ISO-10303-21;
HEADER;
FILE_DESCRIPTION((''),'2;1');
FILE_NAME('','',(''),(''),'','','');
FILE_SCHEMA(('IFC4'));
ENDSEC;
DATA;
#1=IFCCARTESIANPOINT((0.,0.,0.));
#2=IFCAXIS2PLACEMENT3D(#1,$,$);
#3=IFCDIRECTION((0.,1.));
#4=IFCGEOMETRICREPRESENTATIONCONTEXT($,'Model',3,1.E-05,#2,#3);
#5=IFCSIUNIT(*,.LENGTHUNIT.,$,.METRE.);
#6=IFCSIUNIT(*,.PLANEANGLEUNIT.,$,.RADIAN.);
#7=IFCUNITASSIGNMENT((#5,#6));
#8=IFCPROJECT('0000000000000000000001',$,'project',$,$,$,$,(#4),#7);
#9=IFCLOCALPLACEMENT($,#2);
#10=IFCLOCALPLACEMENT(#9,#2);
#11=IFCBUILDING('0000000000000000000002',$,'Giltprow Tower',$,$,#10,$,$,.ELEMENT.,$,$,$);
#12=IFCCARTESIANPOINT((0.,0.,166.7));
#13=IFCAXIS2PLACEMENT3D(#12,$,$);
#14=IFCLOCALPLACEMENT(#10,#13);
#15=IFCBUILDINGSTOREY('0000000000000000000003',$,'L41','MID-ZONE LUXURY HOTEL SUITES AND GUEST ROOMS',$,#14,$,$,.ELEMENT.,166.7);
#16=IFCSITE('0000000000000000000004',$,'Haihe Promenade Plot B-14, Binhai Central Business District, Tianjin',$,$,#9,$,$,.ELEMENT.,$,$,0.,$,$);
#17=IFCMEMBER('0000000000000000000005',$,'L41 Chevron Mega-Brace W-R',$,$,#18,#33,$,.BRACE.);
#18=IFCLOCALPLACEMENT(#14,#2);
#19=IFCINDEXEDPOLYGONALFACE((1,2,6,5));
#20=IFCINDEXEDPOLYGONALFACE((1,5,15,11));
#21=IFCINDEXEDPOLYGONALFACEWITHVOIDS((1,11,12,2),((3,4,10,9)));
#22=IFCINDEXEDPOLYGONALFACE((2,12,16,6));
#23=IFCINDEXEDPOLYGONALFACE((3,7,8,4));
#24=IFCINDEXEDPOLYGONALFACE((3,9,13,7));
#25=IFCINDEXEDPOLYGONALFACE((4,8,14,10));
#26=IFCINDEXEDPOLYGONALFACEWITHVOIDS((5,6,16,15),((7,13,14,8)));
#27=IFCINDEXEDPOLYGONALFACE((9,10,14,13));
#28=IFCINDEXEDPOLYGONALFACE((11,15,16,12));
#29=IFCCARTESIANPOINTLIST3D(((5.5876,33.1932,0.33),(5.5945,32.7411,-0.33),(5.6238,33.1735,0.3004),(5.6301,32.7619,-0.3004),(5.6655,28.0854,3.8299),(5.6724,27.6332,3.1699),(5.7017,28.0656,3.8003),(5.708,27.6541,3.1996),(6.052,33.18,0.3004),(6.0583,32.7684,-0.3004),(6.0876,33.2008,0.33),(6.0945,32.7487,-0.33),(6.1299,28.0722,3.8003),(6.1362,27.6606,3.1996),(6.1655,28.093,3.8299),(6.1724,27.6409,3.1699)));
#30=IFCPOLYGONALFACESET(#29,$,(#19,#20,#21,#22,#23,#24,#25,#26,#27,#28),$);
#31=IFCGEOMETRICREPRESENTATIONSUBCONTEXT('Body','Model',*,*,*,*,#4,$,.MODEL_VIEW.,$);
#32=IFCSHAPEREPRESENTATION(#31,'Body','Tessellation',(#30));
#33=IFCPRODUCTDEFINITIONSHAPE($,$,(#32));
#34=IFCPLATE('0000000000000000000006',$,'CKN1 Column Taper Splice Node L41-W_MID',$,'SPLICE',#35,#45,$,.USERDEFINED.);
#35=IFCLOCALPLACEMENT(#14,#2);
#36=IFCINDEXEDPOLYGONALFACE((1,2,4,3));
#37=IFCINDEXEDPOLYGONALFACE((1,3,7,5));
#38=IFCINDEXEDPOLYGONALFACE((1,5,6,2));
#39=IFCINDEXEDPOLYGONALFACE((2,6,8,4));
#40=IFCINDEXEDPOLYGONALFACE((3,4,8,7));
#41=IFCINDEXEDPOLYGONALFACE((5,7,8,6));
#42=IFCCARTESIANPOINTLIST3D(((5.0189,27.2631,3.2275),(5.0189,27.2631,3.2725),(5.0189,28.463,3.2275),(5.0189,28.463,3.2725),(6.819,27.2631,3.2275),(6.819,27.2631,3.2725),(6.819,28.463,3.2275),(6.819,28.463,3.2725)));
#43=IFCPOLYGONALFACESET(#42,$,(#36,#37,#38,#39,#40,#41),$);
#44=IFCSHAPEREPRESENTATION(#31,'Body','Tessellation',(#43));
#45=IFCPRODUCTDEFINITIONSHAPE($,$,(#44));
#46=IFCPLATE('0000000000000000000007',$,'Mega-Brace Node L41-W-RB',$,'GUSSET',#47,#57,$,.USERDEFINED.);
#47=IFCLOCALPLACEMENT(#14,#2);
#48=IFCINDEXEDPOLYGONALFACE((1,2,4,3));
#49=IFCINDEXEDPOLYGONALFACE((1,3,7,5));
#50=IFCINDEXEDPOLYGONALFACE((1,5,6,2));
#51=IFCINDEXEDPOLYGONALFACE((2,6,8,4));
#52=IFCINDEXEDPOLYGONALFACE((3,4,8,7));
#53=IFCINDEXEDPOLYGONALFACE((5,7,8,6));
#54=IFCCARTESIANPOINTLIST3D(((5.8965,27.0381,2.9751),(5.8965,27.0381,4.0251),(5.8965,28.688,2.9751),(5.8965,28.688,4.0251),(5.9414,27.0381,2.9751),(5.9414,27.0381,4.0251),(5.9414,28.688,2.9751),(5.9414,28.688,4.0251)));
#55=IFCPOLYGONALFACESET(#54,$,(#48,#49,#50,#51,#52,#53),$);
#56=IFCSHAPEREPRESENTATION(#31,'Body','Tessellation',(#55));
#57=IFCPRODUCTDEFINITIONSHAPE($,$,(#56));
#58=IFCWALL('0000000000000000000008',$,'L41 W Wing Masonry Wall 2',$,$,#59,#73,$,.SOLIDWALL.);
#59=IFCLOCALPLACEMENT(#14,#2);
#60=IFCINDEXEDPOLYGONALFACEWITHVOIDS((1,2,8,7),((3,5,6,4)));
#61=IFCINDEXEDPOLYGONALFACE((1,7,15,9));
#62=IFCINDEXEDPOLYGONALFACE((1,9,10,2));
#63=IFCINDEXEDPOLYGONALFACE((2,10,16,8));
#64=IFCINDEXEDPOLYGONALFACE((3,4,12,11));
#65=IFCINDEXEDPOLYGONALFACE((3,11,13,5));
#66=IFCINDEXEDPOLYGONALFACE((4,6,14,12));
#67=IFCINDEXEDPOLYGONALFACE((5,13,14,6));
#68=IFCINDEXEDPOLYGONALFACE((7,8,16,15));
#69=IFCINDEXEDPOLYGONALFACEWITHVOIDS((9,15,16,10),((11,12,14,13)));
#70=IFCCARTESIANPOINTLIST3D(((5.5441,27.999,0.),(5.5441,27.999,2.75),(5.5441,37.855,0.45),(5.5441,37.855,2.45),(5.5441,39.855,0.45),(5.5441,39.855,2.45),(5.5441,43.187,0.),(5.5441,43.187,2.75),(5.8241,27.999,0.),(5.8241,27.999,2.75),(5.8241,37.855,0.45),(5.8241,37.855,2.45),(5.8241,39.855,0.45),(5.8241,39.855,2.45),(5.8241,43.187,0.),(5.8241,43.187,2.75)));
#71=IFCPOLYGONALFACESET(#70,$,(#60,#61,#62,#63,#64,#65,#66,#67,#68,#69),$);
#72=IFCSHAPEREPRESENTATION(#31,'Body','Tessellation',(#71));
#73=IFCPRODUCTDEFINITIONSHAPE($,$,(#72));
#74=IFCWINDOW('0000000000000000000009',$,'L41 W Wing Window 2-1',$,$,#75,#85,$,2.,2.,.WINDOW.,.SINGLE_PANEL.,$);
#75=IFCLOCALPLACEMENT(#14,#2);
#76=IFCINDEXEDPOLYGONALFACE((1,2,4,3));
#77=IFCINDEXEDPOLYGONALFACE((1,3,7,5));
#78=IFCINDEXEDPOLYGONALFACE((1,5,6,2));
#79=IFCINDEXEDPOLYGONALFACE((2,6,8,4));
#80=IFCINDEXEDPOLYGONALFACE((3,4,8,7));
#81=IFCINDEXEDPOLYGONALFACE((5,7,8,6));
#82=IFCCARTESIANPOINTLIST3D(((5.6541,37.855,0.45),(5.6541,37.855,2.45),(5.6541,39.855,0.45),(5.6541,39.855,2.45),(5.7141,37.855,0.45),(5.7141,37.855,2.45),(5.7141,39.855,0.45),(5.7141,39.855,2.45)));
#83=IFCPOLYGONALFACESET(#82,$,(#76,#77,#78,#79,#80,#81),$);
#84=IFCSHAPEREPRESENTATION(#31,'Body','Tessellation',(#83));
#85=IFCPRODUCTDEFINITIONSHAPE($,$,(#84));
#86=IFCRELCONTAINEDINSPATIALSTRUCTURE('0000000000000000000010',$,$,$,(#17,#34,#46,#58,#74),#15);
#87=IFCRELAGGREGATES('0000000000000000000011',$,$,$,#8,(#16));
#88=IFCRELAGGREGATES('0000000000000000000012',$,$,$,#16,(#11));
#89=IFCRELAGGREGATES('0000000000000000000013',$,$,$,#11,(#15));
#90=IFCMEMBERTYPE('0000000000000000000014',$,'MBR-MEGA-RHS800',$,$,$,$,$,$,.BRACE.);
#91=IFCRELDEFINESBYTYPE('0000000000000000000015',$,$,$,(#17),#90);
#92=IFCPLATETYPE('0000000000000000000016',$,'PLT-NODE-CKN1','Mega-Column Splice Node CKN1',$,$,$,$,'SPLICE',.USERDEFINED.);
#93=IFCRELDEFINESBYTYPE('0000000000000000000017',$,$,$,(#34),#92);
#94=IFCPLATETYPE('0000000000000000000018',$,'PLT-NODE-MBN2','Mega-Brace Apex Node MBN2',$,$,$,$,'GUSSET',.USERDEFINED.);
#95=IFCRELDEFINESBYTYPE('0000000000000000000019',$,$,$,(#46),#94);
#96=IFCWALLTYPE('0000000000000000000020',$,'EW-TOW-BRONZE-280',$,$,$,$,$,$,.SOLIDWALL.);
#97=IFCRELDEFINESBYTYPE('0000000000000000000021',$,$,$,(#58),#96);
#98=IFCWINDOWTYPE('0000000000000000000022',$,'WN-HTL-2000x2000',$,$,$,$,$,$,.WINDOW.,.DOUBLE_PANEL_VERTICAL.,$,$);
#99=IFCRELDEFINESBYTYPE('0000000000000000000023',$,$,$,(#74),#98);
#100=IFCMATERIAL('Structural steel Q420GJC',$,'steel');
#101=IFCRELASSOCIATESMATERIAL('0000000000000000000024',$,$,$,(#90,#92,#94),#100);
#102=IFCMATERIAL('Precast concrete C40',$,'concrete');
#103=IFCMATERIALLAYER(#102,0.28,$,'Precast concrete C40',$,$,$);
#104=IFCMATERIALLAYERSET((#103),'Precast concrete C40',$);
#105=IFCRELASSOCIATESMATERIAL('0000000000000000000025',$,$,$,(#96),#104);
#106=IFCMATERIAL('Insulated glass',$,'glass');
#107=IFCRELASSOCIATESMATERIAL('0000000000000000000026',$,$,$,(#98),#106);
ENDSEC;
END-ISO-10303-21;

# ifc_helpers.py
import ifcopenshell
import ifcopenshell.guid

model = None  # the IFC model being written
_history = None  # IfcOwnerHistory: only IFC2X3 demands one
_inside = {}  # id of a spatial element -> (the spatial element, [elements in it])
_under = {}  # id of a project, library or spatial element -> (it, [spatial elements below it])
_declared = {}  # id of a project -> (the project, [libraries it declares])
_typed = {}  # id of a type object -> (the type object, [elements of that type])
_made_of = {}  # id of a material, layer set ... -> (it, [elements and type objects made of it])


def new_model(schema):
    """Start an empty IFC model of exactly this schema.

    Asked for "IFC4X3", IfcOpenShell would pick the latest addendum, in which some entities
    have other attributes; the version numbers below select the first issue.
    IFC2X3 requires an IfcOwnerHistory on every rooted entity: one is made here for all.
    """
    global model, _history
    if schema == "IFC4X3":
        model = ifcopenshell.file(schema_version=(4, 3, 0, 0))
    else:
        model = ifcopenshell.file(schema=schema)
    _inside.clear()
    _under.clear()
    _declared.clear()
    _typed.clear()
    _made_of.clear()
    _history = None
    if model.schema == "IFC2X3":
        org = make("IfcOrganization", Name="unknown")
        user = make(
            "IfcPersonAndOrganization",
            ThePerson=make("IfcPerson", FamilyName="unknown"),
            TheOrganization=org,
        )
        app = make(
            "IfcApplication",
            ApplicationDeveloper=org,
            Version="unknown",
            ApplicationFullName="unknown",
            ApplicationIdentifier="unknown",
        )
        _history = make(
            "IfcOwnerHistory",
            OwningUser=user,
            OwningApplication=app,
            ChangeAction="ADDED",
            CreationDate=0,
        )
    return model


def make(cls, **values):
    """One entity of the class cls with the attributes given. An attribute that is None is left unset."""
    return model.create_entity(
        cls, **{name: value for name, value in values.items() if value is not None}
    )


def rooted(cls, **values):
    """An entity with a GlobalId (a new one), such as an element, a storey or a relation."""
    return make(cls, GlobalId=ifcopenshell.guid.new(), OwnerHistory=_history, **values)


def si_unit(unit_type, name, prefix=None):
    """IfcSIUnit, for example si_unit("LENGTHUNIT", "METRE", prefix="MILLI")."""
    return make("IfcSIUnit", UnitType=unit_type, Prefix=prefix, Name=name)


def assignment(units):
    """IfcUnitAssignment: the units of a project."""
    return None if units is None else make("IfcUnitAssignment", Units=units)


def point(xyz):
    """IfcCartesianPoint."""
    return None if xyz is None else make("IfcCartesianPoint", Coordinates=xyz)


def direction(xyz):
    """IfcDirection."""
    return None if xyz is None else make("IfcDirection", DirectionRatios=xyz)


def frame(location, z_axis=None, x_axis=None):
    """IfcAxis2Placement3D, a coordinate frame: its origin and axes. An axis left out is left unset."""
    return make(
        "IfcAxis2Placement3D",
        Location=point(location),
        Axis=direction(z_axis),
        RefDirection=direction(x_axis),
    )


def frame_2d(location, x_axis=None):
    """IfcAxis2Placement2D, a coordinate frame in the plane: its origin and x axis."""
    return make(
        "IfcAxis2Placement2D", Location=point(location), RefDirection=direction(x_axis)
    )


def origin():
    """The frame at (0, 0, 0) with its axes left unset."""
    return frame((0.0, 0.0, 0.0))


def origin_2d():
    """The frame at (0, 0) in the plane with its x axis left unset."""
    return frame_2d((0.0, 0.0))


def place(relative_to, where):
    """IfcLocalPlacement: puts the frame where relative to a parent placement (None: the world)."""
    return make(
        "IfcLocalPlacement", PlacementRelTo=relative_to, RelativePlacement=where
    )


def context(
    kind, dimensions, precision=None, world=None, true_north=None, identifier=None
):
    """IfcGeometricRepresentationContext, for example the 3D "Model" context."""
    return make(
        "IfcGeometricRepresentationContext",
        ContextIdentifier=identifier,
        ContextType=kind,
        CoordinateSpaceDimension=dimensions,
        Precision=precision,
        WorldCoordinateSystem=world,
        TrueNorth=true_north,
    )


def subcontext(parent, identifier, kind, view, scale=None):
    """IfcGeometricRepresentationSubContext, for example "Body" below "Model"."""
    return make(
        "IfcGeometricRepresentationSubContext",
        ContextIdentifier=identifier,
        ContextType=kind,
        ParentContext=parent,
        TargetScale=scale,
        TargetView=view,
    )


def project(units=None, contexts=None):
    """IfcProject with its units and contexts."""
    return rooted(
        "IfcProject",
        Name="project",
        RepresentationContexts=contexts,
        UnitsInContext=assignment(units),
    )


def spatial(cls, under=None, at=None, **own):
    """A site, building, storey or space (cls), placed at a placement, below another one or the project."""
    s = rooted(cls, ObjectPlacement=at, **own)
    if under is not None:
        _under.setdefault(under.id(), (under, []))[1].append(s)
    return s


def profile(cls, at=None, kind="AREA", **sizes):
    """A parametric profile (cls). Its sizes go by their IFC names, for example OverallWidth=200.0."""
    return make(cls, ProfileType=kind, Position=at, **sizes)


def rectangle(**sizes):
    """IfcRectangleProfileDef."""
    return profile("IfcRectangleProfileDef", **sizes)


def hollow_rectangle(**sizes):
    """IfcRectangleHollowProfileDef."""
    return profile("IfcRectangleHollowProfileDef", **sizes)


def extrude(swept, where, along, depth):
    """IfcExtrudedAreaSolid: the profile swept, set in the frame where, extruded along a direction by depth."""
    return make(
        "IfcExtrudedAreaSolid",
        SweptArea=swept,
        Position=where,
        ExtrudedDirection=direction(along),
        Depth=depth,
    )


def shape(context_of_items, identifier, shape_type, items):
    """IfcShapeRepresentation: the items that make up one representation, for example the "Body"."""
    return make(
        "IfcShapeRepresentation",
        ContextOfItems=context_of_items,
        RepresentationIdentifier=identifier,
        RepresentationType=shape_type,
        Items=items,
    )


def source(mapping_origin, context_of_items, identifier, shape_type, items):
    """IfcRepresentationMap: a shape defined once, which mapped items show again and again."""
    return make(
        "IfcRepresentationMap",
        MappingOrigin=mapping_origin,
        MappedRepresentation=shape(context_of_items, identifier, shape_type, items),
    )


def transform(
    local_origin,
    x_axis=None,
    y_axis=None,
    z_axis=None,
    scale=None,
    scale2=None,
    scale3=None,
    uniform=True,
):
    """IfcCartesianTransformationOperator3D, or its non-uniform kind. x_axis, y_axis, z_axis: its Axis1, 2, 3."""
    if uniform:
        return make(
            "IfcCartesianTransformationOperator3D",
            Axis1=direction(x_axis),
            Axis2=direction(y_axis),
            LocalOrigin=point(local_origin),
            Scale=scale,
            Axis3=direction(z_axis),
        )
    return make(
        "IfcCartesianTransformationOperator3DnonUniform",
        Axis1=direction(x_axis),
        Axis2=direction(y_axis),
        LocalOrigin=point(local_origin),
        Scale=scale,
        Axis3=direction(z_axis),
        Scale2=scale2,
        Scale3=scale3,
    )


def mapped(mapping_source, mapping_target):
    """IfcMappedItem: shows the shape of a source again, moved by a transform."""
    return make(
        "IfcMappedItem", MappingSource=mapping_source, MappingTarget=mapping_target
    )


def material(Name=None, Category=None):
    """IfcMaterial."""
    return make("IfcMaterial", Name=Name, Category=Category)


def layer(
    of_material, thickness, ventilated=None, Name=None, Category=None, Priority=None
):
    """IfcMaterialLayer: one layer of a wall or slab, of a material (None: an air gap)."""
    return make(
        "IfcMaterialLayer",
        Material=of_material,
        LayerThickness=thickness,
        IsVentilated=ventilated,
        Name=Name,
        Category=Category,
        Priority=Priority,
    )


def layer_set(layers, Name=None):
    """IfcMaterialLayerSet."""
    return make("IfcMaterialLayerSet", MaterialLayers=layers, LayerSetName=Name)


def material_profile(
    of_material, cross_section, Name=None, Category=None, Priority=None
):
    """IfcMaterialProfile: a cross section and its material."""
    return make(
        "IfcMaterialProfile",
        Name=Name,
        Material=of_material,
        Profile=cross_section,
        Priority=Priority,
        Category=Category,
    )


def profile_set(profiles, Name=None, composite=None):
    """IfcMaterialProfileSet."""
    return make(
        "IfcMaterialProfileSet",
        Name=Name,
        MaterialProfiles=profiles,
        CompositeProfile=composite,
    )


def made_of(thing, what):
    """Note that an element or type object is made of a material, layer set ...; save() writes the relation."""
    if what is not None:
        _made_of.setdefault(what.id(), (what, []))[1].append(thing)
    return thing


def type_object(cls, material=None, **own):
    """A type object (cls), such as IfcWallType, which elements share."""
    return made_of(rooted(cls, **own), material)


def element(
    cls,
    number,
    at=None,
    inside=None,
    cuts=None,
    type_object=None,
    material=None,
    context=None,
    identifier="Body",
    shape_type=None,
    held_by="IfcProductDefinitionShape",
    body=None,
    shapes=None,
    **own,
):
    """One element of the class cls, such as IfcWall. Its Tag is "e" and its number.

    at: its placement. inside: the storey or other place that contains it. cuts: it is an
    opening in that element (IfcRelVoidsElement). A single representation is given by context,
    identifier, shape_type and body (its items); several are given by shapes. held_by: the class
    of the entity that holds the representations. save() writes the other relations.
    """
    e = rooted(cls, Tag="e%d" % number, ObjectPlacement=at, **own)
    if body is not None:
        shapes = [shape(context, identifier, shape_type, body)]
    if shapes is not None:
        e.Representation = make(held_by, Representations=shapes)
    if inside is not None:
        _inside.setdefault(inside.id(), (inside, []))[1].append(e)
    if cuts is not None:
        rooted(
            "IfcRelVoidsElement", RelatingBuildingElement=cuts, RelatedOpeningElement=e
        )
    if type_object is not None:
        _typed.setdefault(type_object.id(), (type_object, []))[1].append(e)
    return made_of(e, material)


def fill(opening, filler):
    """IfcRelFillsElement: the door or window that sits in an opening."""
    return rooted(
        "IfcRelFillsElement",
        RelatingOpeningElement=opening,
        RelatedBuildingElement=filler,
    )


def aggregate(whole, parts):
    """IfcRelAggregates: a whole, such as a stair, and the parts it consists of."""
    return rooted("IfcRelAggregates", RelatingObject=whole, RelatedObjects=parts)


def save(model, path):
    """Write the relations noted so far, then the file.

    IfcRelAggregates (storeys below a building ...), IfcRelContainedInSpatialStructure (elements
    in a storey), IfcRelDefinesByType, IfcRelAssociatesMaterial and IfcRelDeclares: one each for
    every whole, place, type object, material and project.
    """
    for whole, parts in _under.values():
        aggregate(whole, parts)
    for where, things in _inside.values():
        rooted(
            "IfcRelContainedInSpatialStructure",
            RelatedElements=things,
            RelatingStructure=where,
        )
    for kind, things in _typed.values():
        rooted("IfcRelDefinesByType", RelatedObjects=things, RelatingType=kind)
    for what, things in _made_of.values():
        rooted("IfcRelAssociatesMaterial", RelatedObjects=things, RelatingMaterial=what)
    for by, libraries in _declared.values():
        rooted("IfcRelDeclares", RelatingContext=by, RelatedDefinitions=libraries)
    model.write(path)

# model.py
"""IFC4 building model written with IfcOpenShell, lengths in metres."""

from ifc_helpers import new_model, si_unit, direction, frame, frame_2d, origin, origin_2d, place, context, subcontext, project, spatial, rectangle, hollow_rectangle, extrude, source, transform, mapped, material, layer, layer_set, material_profile, profile_set, type_object, element, fill, save


model = new_model("IFC4")

# Units and contexts
model_context = context("Model", 3, precision=1e-05, world=origin(), true_north=direction((0.0, 1.0)))
body_context = subcontext(model_context, "Body", "Model", "MODEL_VIEW")
ifc_project = project(units=[si_unit("LENGTHUNIT", "METRE"), si_unit("PLANEANGLEUNIT", "RADIAN")], contexts=[model_context])

# Site, building, storey
site_placement = place(None, origin())
site = spatial("IfcSite", under=ifc_project, at=site_placement, Name="Haihe Promenade Plot B-14, Binhai Central Business District, Tianjin", CompositionType="ELEMENT", RefElevation=0.0)
building_placement = place(site_placement, origin())
building = spatial("IfcBuilding", under=site, at=building_placement, Name="Giltprow Tower", CompositionType="ELEMENT")
storey_placement = place(building_placement, frame((0.0, 0.0, 166.7)))
storey = spatial("IfcBuildingStorey", under=building, at=storey_placement, Name="L41", Description="MID-ZONE LUXURY HOTEL SUITES AND GUEST ROOMS", CompositionType="ELEMENT", Elevation=166.7)

# Shared definitions
ifc_material_1 = material(Name="Structural steel Q420GJC", Category="steel")

# Member
ifc_material_profile_1 = material_profile(ifc_material_1, hollow_rectangle(XDim=0.5, YDim=0.8, WallThickness=0.0359, at=origin_2d()), Name="RHS 800x500x36")
ifc_profile_set_1 = profile_set([ifc_material_profile_1], Name="Structural steel Q420GJC")
member_type = type_object("IfcMemberType", Name="MBR-MEGA-RHS800", PredefinedType="BRACE", material=ifc_profile_set_1)
shared_shape_1 = source(origin(), body_context, "Body", "SweptSolid", [
    extrude(hollow_rectangle(XDim=0.5, YDim=0.8, WallThickness=0.0359, at=origin_2d()), origin(), (0.0, 0.0, 1.0), 6.1924),
])
member_placement = place(storey_placement, frame((5.8411, 32.9709, 0.0), z_axis=(0.012577, -0.824857, 0.565202), x_axis=(0.999884, 0.015245, 0.0)))
element("IfcMember", 1, at=member_placement, inside=storey, type_object=member_type, Name="L41 Chevron Mega-Brace W-R", PredefinedType="BRACE", context=body_context, shape_type="MappedRepresentation", body=[
    mapped(shared_shape_1, transform((0.0, 0.0, 0.0), x_axis=(1.0, 0.0, 0.0), y_axis=(0.0, 1.0, 0.0), z_axis=(0.0, 0.0, 1.0), scale=1.0)),
])

# Plates
plate_type_1 = type_object("IfcPlateType", Name="PLT-NODE-CKN1", Description="Mega-Column Splice Node CKN1", ElementType="SPLICE", PredefinedType="USERDEFINED", material=ifc_material_1)
shared_shape_2 = source(origin(), body_context, "Body", "SweptSolid", [
    extrude(rectangle(XDim=1.8, YDim=1.2, at=origin_2d()), origin(), (0.0, 0.0, 1.0), 0.0449),
])
plate_1_placement = place(storey_placement, frame((5.9189, 27.863, 3.2275), z_axis=(0.0, 0.0, 1.0), x_axis=(1.0, 0.0, 0.0)))
element("IfcPlate", 2, at=plate_1_placement, inside=storey, type_object=plate_type_1, Name="CKN1 Column Taper Splice Node L41-W_MID", ObjectType="SPLICE", PredefinedType="USERDEFINED", context=body_context, shape_type="MappedRepresentation", body=[
    mapped(shared_shape_2, transform((0.0, 0.0, 0.0), x_axis=(1.0, 0.0, 0.0), y_axis=(0.0, 1.0, 0.0), z_axis=(0.0, 0.0, 1.0), scale=1.0)),
])
plate_type_2 = type_object("IfcPlateType", Name="PLT-NODE-MBN2", Description="Mega-Brace Apex Node MBN2", ElementType="GUSSET", PredefinedType="USERDEFINED", material=ifc_material_1)
shared_shape_3 = source(origin(), body_context, "Body", "SweptSolid", [
    extrude(rectangle(XDim=1.6499, YDim=0.0449, at=origin_2d()), origin(), (0.0, 0.0, 1.0), 1.05),
])
plate_2_placement = place(storey_placement, frame((5.9189, 27.863, 2.9751), z_axis=(0.0, 0.0, 1.0), x_axis=(0.0, 1.0, 0.0)))
element("IfcPlate", 3, at=plate_2_placement, inside=storey, type_object=plate_type_2, Name="Mega-Brace Node L41-W-RB", ObjectType="GUSSET", PredefinedType="USERDEFINED", context=body_context, shape_type="MappedRepresentation", body=[
    mapped(shared_shape_3, transform((0.0, 0.0, 0.0), x_axis=(1.0, 0.0, 0.0), y_axis=(0.0, 1.0, 0.0), z_axis=(0.0, 0.0, 1.0), scale=1.0)),
])

# Wall, opening, window
ifc_material_2 = material(Name="Precast concrete C40", Category="concrete")
ifc_layer_1 = layer(ifc_material_2, 0.28, Name="Precast concrete C40")
ifc_layer_set_1 = layer_set([ifc_layer_1], Name="Precast concrete C40")
wall_type_1 = type_object("IfcWallType", Name="EW-TOW-BRONZE-280", PredefinedType="SOLIDWALL", material=ifc_layer_set_1)
wall_1_placement = place(storey_placement, frame((5.6841, 27.999, 0.0), z_axis=(0.0, 0.0, 1.0), x_axis=(0.0, 1.0, 0.0)))
wall_1 = element("IfcWall", 4, at=wall_1_placement, inside=storey, type_object=wall_type_1, Name="L41 W Wing Masonry Wall 2", PredefinedType="SOLIDWALL", context=body_context, shape_type="SweptSolid", body=[
    extrude(rectangle(XDim=15.188, YDim=0.28, at=frame_2d((7.594, 0.0))), origin(), (0.0, 0.0, 1.0), 2.75),
])
opening_1_placement = place(wall_1_placement, frame((9.856, 0.0, 0.45)))
opening_1 = element("IfcOpeningElement", 5, at=opening_1_placement, cuts=wall_1, PredefinedType="OPENING", context=body_context, shape_type="SweptSolid", body=[
    extrude(rectangle(XDim=2.0, YDim=2.0, at=frame_2d((1.0, 1.0))), frame((0.0, 0.1499, 0.0), z_axis=(0.0, -1.0, 0.0), x_axis=(1.0, 0.0, 0.0)), (0.0, 0.0, 1.0), 0.3),
])
ifc_material_3 = material(Name="Insulated glass", Category="glass")
window_type = type_object("IfcWindowType", Name="WN-HTL-2000x2000", PartitioningType="DOUBLE_PANEL_VERTICAL", PredefinedType="WINDOW", material=ifc_material_3)
shared_shape_4 = source(origin(), body_context, "Body", "SweptSolid", [
    extrude(rectangle(XDim=2.0, YDim=2.0, at=frame_2d((1.0, 1.0))), frame((0.0, 0.03, 0.0), z_axis=(0.0, -1.0, 0.0), x_axis=(1.0, 0.0, 0.0)), (0.0, 0.0, 1.0), 0.0601),
])
window_placement = place(opening_1_placement, origin())
window = element("IfcWindow", 6, at=window_placement, inside=storey, type_object=window_type, Name="L41 W Wing Window 2-1", OverallHeight=2.0, OverallWidth=2.0, PartitioningType="SINGLE_PANEL", PredefinedType="WINDOW", context=body_context, shape_type="MappedRepresentation", body=[
    mapped(shared_shape_4, transform((0.0, 0.0, 0.0), x_axis=(1.0, 0.0, 0.0), y_axis=(0.0, 1.0, 0.0), z_axis=(0.0, 0.0, 1.0), scale=1.0)),
])
fill(opening_1, window)

save(model, "model.ifc")
